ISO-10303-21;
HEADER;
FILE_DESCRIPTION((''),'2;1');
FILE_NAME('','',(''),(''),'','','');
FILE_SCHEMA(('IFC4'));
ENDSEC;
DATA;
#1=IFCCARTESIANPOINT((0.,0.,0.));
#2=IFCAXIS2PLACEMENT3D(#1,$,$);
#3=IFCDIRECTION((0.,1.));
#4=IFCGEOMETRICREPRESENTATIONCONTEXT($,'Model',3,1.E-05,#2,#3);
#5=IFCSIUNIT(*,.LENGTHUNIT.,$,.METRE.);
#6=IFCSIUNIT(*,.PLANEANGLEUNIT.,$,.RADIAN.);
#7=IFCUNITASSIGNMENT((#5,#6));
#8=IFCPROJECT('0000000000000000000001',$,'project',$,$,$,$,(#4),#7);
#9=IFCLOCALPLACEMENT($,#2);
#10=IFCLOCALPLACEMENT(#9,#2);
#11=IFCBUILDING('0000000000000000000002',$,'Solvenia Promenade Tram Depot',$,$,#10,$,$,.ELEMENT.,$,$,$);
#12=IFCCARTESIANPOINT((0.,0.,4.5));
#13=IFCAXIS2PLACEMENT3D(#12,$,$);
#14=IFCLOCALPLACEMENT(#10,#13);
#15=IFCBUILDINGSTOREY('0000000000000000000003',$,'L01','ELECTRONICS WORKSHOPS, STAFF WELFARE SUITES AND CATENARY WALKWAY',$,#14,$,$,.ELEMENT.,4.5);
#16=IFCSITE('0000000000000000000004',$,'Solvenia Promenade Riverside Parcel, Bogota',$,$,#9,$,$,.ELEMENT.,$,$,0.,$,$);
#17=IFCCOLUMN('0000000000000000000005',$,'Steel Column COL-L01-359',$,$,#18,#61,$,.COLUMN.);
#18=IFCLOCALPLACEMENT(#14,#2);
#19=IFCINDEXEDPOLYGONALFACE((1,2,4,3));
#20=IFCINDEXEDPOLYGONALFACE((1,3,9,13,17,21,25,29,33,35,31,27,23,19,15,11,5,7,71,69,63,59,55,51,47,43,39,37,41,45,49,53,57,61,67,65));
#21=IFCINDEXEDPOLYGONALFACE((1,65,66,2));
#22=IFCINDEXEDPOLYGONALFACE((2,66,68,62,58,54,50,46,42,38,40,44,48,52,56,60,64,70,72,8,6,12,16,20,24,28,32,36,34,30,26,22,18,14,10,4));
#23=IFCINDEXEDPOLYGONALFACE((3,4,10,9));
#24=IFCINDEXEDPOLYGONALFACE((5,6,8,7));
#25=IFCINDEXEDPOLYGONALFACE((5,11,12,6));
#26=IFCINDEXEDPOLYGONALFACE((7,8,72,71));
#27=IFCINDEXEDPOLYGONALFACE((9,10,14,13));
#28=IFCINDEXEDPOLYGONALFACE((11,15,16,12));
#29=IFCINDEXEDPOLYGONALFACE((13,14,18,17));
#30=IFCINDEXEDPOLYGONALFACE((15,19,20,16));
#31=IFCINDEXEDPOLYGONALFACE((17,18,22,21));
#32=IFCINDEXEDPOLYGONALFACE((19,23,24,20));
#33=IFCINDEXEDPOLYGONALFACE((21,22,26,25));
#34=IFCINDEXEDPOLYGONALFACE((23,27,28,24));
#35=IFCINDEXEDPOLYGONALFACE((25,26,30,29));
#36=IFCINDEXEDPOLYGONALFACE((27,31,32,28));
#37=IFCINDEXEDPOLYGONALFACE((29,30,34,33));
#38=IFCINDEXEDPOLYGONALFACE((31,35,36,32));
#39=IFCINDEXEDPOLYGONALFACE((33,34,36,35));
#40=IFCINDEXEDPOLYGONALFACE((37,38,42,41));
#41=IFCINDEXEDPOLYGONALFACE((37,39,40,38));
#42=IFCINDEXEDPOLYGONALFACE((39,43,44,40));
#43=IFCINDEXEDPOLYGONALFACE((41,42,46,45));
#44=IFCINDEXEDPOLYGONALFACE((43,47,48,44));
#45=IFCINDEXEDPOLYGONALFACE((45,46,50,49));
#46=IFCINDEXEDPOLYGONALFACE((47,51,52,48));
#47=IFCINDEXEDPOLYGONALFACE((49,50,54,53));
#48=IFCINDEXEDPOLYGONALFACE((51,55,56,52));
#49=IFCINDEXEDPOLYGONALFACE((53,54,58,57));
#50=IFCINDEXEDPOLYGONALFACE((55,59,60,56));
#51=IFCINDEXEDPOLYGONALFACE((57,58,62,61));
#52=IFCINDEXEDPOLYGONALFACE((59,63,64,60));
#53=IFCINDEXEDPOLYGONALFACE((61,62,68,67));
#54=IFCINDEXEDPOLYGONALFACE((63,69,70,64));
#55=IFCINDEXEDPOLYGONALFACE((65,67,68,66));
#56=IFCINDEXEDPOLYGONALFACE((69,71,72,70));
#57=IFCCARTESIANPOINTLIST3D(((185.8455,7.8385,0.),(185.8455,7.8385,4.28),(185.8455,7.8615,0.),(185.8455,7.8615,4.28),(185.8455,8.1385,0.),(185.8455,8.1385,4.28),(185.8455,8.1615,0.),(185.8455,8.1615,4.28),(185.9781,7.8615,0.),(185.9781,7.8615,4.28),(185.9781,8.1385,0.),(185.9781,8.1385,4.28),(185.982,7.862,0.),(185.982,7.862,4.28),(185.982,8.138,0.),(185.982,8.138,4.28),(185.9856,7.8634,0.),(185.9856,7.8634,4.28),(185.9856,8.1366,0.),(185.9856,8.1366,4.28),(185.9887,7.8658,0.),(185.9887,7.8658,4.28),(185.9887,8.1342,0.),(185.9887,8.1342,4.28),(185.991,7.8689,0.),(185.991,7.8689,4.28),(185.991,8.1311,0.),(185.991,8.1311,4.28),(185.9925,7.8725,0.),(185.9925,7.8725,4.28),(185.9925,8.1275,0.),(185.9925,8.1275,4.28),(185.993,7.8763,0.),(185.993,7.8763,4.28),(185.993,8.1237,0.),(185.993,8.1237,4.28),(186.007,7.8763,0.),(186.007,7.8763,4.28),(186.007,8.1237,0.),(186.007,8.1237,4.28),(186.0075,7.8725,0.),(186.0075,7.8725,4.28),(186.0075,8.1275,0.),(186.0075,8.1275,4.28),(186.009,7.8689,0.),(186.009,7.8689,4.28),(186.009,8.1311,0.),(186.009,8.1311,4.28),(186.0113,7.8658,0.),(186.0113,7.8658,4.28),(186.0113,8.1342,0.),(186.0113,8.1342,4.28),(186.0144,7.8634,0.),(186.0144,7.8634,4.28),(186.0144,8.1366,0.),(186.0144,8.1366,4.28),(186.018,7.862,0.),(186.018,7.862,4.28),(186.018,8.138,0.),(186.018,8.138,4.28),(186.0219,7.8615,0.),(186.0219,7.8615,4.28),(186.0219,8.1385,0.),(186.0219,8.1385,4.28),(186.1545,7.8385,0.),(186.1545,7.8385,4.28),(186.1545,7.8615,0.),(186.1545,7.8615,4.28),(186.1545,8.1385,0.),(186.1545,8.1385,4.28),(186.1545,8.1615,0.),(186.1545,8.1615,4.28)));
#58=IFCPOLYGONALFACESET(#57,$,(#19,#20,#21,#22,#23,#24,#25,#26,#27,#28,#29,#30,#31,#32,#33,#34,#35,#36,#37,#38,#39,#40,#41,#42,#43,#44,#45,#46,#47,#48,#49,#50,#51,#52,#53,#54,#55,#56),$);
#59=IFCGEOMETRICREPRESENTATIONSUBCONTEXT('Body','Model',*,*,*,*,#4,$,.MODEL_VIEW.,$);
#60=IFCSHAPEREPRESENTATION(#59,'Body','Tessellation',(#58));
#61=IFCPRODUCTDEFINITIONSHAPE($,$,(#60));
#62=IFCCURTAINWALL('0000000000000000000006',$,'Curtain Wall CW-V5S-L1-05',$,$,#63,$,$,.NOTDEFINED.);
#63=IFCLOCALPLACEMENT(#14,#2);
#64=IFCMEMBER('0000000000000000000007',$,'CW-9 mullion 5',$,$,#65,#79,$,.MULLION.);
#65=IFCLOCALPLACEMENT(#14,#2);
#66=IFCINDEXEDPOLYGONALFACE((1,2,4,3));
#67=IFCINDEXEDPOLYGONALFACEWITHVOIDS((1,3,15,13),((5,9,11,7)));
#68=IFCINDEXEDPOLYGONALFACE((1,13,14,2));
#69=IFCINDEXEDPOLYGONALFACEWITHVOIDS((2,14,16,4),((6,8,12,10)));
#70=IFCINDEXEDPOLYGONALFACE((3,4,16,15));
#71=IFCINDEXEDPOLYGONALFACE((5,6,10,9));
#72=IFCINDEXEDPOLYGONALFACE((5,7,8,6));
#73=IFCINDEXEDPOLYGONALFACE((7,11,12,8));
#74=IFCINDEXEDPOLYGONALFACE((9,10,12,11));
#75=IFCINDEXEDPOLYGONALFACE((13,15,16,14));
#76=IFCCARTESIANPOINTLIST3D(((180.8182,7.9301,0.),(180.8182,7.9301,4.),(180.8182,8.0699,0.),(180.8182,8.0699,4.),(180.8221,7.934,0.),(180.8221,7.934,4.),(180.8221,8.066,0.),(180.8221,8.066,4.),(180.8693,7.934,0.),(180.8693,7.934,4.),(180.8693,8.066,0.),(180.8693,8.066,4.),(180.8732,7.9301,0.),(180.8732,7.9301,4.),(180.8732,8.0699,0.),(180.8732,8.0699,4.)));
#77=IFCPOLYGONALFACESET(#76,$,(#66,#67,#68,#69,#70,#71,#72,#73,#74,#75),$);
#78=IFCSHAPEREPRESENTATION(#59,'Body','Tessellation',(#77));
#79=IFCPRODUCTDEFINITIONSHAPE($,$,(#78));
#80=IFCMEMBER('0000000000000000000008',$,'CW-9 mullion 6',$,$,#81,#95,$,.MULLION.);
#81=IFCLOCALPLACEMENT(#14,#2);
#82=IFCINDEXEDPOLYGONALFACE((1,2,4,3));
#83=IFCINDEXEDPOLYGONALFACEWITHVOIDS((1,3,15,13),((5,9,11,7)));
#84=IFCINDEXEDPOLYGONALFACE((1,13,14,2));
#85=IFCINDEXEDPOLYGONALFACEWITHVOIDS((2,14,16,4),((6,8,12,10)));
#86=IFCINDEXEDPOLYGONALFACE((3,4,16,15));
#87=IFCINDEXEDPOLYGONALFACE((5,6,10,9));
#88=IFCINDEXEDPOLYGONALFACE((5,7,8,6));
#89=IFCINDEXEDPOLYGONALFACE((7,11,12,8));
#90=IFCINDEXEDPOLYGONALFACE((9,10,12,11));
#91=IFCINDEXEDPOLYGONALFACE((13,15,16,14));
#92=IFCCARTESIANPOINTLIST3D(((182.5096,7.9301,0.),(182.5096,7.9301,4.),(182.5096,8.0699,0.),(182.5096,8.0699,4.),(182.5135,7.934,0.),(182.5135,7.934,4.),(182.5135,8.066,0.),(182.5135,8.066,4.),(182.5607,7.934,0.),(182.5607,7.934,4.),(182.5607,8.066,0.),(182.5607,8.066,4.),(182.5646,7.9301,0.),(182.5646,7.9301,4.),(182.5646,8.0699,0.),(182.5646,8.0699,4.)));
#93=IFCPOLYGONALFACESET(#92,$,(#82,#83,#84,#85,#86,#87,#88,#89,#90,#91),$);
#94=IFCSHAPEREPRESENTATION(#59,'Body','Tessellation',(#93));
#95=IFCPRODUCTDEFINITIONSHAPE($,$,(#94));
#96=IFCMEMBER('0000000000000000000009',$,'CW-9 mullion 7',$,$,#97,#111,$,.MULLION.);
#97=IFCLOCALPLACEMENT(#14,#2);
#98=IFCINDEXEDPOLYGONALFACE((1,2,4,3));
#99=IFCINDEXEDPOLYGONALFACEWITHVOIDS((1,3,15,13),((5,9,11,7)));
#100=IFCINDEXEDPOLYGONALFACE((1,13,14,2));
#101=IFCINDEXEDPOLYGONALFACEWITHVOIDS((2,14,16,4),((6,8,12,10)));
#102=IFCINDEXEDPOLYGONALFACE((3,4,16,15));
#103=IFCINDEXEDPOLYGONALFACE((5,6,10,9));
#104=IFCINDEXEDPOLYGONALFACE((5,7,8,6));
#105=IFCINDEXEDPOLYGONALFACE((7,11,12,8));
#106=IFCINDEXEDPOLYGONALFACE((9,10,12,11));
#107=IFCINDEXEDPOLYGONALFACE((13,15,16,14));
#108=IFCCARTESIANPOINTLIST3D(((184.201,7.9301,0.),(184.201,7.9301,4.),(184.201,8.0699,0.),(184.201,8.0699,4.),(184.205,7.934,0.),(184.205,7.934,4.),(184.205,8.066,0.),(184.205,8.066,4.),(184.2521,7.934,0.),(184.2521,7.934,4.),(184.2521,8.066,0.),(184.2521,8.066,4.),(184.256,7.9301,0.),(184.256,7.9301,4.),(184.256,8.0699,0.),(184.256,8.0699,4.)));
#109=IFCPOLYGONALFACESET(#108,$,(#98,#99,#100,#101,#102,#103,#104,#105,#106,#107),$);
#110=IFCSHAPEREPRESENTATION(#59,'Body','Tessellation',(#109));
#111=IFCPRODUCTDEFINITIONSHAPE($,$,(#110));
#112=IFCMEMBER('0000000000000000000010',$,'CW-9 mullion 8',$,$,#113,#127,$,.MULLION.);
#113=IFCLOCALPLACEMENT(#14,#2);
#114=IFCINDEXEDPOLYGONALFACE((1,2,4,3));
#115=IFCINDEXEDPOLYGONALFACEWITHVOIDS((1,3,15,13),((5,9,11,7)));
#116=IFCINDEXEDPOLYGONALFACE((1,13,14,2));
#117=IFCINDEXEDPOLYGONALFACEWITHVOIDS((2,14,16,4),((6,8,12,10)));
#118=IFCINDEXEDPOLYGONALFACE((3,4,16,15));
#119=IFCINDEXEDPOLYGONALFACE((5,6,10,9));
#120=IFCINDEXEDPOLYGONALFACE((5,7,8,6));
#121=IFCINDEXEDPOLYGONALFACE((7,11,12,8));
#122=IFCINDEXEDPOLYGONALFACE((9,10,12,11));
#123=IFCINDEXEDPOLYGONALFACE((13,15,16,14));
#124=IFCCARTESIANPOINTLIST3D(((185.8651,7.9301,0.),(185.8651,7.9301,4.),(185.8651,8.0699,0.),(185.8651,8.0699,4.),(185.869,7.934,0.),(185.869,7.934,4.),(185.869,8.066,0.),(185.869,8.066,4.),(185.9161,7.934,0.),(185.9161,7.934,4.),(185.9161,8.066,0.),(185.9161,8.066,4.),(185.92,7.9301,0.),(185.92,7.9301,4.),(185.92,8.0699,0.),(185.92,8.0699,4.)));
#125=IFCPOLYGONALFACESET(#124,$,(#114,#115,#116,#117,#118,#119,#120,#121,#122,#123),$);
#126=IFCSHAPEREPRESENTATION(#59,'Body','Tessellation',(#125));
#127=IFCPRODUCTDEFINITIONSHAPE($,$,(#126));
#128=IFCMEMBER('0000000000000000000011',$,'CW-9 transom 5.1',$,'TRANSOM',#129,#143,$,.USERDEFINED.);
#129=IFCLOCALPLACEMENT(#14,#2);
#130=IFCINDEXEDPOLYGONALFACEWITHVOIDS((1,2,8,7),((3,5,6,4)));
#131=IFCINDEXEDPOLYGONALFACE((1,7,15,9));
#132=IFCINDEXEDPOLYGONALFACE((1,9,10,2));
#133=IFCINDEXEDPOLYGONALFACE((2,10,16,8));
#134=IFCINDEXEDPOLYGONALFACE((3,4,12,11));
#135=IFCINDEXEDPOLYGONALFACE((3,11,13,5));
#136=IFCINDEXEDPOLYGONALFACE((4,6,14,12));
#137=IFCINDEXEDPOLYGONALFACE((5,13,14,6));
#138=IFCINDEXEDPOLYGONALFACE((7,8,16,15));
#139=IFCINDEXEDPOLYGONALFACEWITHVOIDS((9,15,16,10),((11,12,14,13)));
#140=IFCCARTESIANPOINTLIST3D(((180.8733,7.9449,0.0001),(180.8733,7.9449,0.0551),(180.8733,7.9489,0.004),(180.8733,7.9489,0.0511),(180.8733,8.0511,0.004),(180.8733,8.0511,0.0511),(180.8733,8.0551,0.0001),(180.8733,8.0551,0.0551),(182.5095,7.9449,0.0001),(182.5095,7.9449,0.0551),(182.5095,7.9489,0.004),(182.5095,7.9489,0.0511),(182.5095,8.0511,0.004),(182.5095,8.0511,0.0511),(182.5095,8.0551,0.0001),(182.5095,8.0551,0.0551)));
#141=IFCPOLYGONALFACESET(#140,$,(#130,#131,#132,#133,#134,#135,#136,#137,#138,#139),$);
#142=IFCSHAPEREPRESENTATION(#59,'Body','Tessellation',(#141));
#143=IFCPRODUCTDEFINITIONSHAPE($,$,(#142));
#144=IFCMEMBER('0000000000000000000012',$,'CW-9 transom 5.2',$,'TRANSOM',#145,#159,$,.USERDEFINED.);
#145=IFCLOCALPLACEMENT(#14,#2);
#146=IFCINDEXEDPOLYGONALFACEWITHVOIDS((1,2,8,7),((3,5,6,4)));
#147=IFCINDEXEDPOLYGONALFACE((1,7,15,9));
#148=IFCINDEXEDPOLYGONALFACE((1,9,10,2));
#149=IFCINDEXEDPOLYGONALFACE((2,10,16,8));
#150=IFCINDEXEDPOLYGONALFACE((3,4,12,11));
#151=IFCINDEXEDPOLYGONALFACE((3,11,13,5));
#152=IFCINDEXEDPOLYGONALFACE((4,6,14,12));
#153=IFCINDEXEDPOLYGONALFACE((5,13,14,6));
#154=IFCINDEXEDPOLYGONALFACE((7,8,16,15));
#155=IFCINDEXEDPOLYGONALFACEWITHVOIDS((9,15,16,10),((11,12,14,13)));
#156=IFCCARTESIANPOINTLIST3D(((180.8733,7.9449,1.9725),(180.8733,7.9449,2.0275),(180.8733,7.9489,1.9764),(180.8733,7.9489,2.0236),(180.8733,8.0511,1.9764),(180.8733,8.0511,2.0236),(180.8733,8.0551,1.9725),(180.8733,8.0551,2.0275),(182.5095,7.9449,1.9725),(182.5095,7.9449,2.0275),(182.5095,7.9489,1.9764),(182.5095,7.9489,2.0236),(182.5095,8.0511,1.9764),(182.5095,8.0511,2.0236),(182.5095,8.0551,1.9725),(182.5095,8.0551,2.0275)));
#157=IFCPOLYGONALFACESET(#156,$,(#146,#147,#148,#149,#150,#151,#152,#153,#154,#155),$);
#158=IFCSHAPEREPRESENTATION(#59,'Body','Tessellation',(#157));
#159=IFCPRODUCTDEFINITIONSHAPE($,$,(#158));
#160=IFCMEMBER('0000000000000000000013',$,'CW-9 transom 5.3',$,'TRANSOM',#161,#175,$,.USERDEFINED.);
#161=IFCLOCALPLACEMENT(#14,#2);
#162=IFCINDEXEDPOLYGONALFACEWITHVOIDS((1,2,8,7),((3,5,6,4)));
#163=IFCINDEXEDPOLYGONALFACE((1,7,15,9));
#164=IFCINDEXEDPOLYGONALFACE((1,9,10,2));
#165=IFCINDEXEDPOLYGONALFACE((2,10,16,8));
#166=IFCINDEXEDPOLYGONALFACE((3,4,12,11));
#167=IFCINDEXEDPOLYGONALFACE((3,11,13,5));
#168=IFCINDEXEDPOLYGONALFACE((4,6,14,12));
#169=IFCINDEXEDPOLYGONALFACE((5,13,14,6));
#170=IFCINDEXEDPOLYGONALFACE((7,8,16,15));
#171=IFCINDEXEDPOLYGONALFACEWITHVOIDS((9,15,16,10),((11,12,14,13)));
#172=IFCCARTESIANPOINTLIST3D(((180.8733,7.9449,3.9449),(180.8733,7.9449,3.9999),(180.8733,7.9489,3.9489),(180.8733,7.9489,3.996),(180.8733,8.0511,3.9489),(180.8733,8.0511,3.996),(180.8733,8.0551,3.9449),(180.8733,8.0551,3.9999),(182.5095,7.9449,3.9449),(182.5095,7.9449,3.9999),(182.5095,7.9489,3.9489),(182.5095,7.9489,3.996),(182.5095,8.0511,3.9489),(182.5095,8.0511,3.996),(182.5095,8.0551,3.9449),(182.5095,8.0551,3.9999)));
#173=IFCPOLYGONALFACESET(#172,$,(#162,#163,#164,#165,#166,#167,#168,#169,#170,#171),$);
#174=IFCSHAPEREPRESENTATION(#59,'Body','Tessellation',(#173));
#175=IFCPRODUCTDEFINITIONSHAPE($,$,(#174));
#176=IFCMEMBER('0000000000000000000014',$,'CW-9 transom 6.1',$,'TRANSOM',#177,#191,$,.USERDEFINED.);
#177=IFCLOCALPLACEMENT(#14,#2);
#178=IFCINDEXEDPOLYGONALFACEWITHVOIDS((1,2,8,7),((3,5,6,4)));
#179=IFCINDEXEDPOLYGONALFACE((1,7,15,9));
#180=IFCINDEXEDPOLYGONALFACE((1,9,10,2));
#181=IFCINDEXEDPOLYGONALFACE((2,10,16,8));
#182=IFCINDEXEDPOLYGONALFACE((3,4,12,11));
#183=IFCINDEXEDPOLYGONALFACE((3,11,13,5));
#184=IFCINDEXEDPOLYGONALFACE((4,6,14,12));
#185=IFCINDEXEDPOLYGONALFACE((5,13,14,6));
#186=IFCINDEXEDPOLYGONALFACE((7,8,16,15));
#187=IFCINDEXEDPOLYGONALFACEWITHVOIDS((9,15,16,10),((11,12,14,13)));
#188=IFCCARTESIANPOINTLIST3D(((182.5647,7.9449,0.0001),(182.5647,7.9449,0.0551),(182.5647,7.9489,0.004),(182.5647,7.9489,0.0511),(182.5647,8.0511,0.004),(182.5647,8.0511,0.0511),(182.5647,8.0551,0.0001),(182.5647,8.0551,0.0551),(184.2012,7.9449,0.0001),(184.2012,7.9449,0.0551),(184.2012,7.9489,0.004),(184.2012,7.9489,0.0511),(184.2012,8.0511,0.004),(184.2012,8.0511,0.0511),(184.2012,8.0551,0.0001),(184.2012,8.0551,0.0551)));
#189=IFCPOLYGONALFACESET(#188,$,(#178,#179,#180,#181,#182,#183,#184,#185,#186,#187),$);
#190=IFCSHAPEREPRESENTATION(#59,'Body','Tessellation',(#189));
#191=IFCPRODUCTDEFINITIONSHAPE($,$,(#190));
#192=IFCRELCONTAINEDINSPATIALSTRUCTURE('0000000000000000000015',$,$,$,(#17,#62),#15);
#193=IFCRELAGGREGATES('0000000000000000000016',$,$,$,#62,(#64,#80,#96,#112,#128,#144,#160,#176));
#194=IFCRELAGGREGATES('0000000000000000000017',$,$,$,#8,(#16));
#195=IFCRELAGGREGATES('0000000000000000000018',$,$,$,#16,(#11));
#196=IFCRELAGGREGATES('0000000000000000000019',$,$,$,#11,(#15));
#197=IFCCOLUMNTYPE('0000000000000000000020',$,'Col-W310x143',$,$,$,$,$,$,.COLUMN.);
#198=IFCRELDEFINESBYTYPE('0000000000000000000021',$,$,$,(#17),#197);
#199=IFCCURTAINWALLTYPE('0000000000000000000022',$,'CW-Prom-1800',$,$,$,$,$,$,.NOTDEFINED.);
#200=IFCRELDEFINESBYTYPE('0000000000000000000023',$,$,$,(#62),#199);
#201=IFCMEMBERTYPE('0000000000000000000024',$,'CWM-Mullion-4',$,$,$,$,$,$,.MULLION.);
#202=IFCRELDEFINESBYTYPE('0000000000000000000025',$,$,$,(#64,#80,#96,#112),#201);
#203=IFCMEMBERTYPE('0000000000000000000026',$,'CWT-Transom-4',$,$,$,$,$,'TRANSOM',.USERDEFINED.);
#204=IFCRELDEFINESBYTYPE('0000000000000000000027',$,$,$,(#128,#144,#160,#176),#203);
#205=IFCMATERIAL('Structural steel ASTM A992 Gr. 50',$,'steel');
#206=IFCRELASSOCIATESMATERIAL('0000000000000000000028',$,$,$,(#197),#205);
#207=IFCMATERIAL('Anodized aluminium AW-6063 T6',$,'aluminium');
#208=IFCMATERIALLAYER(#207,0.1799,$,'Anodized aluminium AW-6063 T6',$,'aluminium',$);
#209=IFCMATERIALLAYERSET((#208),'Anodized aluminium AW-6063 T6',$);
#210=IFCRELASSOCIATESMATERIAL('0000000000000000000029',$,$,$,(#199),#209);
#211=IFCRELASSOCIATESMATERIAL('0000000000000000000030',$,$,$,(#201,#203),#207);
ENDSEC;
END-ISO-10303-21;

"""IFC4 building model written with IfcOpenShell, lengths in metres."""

from ifc_helpers import new_model, si_unit, direction, frame, origin, origin_2d, place, context, subcontext, project, spatial, hollow_rectangle, i_section, extrude, material, layer, layer_set, material_profile, profile_set, type_object, element, aggregate, save


model = new_model("IFC4")

# Units and contexts
model_context = context("Model", 3, precision=1e-05, world=origin(), true_north=direction((0.0, 1.0)))
body_context = subcontext(model_context, "Body", "Model", "MODEL_VIEW")
ifc_project = project(units=[si_unit("LENGTHUNIT", "METRE"), si_unit("PLANEANGLEUNIT", "RADIAN")], contexts=[model_context])

# Site, building, storey
site_placement = place(None, origin())
site = spatial("IfcSite", under=ifc_project, at=site_placement, Name="Solvenia Promenade Riverside Parcel, Bogota", CompositionType="ELEMENT", RefElevation=0.0)
building_placement = place(site_placement, origin())
building = spatial("IfcBuilding", under=site, at=building_placement, Name="Solvenia Promenade Tram Depot", CompositionType="ELEMENT")
storey_placement = place(building_placement, frame((0.0, 0.0, 4.5)))
storey = spatial("IfcBuildingStorey", under=building, at=storey_placement, Name="L01", Description="ELECTRONICS WORKSHOPS, STAFF WELFARE SUITES AND CATENARY WALKWAY", CompositionType="ELEMENT", Elevation=4.5)

# Column
ifc_material_1 = material(Name="Structural steel ASTM A992 Gr. 50", Category="steel")
ifc_material_profile_1 = material_profile(ifc_material_1, i_section(OverallWidth=0.3091, OverallDepth=0.323, WebThickness=0.0139, FlangeThickness=0.0229, FilletRadius=0.0149, at=origin_2d()), Name="W310x143", Category="steel")
ifc_profile_set_1 = profile_set([ifc_material_profile_1], Name="Structural steel ASTM A992 Gr. 50")
column_type = type_object("IfcColumnType", Name="Col-W310x143", PredefinedType="COLUMN", material=ifc_profile_set_1)
column_placement = place(storey_placement, frame((186.0, 8.0, 0.0), z_axis=(0.0, 0.0, 1.0), x_axis=(1.0, 0.0, 0.0)))
element("IfcColumn", 1, at=column_placement, inside=storey, type_object=column_type, Name="Steel Column COL-L01-359", PredefinedType="COLUMN", context=body_context, shape_type="SweptSolid", body=[
    extrude(i_section(OverallWidth=0.3091, OverallDepth=0.323, WebThickness=0.0139, FlangeThickness=0.0229, FilletRadius=0.0149, at=origin_2d()), origin(), (0.0, 0.0, 1.0), 4.28),
])

# Curtain wall, members
ifc_material_2 = material(Name="Anodized aluminium AW-6063 T6", Category="aluminium")
ifc_layer_1 = layer(ifc_material_2, 0.1799, Name="Anodized aluminium AW-6063 T6", Category="aluminium")
ifc_layer_set_1 = layer_set([ifc_layer_1], Name="Anodized aluminium AW-6063 T6")
curtain_wall_type = type_object("IfcCurtainWallType", Name="CW-Prom-1800", PredefinedType="NOTDEFINED", material=ifc_layer_set_1)
curtain_wall_placement = place(storey_placement, origin())
curtain_wall = element("IfcCurtainWall", 2, at=curtain_wall_placement, inside=storey, type_object=curtain_wall_type, Name="Curtain Wall CW-V5S-L1-05", PredefinedType="NOTDEFINED")
ifc_material_profile_2 = material_profile(ifc_material_2, hollow_rectangle(XDim=0.1399, YDim=0.0549, WallThickness=0.0039, at=origin_2d()), Name="ALU-M4", Category="aluminium")
ifc_profile_set_2 = profile_set([ifc_material_profile_2], Name="Anodized aluminium AW-6063 T6")
member_type_1 = type_object("IfcMemberType", Name="CWM-Mullion-4", PredefinedType="MULLION", material=ifc_profile_set_2)
member_1_placement = place(storey_placement, frame((180.8457, 8.0, 0.0), z_axis=(0.0, 0.0, 1.0), x_axis=(0.0, 1.0, 0.0)))
member_1 = element("IfcMember", 3, at=member_1_placement, type_object=member_type_1, Name="CW-9 mullion 5", PredefinedType="MULLION", context=body_context, shape_type="SweptSolid", body=[
    extrude(hollow_rectangle(XDim=0.1399, YDim=0.0549, WallThickness=0.0039, at=origin_2d()), origin(), (0.0, 0.0, 1.0), 4.0),
])
member_2_placement = place(storey_placement, frame((182.5371, 8.0, 0.0), z_axis=(0.0, 0.0, 1.0), x_axis=(0.0, 1.0, 0.0)))
member_2 = element("IfcMember", 4, at=member_2_placement, type_object=member_type_1, Name="CW-9 mullion 6", PredefinedType="MULLION", context=body_context, shape_type="SweptSolid", body=[
    extrude(hollow_rectangle(XDim=0.1399, YDim=0.0549, WallThickness=0.0039, at=origin_2d()), origin(), (0.0, 0.0, 1.0), 4.0),
])
member_3_placement = place(storey_placement, frame((184.2285, 8.0, 0.0), z_axis=(0.0, 0.0, 1.0), x_axis=(0.0, 1.0, 0.0)))
member_3 = element("IfcMember", 5, at=member_3_placement, type_object=member_type_1, Name="CW-9 mullion 7", PredefinedType="MULLION", context=body_context, shape_type="SweptSolid", body=[
    extrude(hollow_rectangle(XDim=0.1399, YDim=0.0549, WallThickness=0.0039, at=origin_2d()), origin(), (0.0, 0.0, 1.0), 4.0),
])
member_4_placement = place(storey_placement, frame((185.8926, 8.0, 0.0), z_axis=(0.0, 0.0, 1.0), x_axis=(0.0, 1.0, 0.0)))
member_4 = element("IfcMember", 6, at=member_4_placement, type_object=member_type_1, Name="CW-9 mullion 8", PredefinedType="MULLION", context=body_context, shape_type="SweptSolid", body=[
    extrude(hollow_rectangle(XDim=0.1399, YDim=0.0549, WallThickness=0.0039, at=origin_2d()), origin(), (0.0, 0.0, 1.0), 4.0),
])
ifc_material_profile_3 = material_profile(ifc_material_2, hollow_rectangle(XDim=0.1101, YDim=0.0549, WallThickness=0.0039, at=origin_2d()), Name="ALU-T4", Category="aluminium")
ifc_profile_set_3 = profile_set([ifc_material_profile_3], Name="Anodized aluminium AW-6063 T6")
member_type_2 = type_object("IfcMemberType", Name="CWT-Transom-4", ElementType="TRANSOM", PredefinedType="USERDEFINED", material=ifc_profile_set_3)
member_5_placement = place(storey_placement, frame((180.8733, 8.0, 0.0276), z_axis=(1.0, 0.0, 0.0), x_axis=(0.0, 1.0, 0.0)))
member_5 = element("IfcMember", 7, at=member_5_placement, type_object=member_type_2, Name="CW-9 transom 5.1", ObjectType="TRANSOM", PredefinedType="USERDEFINED", context=body_context, shape_type="SweptSolid", body=[
    extrude(hollow_rectangle(XDim=0.1101, YDim=0.0549, WallThickness=0.0039, at=origin_2d()), origin(), (0.0, 0.0, 1.0), 1.6362),
])
member_6_placement = place(storey_placement, frame((180.8733, 8.0, 2.0), z_axis=(1.0, 0.0, 0.0), x_axis=(0.0, 1.0, 0.0)))
member_6 = element("IfcMember", 8, at=member_6_placement, type_object=member_type_2, Name="CW-9 transom 5.2", ObjectType="TRANSOM", PredefinedType="USERDEFINED", context=body_context, shape_type="SweptSolid", body=[
    extrude(hollow_rectangle(XDim=0.1101, YDim=0.0549, WallThickness=0.0039, at=origin_2d()), origin(), (0.0, 0.0, 1.0), 1.6362),
])
member_7_placement = place(storey_placement, frame((180.8733, 8.0, 3.9724), z_axis=(1.0, 0.0, 0.0), x_axis=(0.0, 1.0, 0.0)))
member_7 = element("IfcMember", 9, at=member_7_placement, type_object=member_type_2, Name="CW-9 transom 5.3", ObjectType="TRANSOM", PredefinedType="USERDEFINED", context=body_context, shape_type="SweptSolid", body=[
    extrude(hollow_rectangle(XDim=0.1101, YDim=0.0549, WallThickness=0.0039, at=origin_2d()), origin(), (0.0, 0.0, 1.0), 1.6362),
])
member_8_placement = place(storey_placement, frame((182.5647, 8.0, 0.0276), z_axis=(1.0, 0.0, 0.0), x_axis=(0.0, 1.0, 0.0)))
member_8 = element("IfcMember", 10, at=member_8_placement, type_object=member_type_2, Name="CW-9 transom 6.1", ObjectType="TRANSOM", PredefinedType="USERDEFINED", context=body_context, shape_type="SweptSolid", body=[
    extrude(hollow_rectangle(XDim=0.1101, YDim=0.0549, WallThickness=0.0039, at=origin_2d()), origin(), (0.0, 0.0, 1.0), 1.6365),
])

aggregate(curtain_wall, [member_1, member_2, member_3, member_4, member_5, member_6, member_7, member_8])

save(model, "model.ifc")
